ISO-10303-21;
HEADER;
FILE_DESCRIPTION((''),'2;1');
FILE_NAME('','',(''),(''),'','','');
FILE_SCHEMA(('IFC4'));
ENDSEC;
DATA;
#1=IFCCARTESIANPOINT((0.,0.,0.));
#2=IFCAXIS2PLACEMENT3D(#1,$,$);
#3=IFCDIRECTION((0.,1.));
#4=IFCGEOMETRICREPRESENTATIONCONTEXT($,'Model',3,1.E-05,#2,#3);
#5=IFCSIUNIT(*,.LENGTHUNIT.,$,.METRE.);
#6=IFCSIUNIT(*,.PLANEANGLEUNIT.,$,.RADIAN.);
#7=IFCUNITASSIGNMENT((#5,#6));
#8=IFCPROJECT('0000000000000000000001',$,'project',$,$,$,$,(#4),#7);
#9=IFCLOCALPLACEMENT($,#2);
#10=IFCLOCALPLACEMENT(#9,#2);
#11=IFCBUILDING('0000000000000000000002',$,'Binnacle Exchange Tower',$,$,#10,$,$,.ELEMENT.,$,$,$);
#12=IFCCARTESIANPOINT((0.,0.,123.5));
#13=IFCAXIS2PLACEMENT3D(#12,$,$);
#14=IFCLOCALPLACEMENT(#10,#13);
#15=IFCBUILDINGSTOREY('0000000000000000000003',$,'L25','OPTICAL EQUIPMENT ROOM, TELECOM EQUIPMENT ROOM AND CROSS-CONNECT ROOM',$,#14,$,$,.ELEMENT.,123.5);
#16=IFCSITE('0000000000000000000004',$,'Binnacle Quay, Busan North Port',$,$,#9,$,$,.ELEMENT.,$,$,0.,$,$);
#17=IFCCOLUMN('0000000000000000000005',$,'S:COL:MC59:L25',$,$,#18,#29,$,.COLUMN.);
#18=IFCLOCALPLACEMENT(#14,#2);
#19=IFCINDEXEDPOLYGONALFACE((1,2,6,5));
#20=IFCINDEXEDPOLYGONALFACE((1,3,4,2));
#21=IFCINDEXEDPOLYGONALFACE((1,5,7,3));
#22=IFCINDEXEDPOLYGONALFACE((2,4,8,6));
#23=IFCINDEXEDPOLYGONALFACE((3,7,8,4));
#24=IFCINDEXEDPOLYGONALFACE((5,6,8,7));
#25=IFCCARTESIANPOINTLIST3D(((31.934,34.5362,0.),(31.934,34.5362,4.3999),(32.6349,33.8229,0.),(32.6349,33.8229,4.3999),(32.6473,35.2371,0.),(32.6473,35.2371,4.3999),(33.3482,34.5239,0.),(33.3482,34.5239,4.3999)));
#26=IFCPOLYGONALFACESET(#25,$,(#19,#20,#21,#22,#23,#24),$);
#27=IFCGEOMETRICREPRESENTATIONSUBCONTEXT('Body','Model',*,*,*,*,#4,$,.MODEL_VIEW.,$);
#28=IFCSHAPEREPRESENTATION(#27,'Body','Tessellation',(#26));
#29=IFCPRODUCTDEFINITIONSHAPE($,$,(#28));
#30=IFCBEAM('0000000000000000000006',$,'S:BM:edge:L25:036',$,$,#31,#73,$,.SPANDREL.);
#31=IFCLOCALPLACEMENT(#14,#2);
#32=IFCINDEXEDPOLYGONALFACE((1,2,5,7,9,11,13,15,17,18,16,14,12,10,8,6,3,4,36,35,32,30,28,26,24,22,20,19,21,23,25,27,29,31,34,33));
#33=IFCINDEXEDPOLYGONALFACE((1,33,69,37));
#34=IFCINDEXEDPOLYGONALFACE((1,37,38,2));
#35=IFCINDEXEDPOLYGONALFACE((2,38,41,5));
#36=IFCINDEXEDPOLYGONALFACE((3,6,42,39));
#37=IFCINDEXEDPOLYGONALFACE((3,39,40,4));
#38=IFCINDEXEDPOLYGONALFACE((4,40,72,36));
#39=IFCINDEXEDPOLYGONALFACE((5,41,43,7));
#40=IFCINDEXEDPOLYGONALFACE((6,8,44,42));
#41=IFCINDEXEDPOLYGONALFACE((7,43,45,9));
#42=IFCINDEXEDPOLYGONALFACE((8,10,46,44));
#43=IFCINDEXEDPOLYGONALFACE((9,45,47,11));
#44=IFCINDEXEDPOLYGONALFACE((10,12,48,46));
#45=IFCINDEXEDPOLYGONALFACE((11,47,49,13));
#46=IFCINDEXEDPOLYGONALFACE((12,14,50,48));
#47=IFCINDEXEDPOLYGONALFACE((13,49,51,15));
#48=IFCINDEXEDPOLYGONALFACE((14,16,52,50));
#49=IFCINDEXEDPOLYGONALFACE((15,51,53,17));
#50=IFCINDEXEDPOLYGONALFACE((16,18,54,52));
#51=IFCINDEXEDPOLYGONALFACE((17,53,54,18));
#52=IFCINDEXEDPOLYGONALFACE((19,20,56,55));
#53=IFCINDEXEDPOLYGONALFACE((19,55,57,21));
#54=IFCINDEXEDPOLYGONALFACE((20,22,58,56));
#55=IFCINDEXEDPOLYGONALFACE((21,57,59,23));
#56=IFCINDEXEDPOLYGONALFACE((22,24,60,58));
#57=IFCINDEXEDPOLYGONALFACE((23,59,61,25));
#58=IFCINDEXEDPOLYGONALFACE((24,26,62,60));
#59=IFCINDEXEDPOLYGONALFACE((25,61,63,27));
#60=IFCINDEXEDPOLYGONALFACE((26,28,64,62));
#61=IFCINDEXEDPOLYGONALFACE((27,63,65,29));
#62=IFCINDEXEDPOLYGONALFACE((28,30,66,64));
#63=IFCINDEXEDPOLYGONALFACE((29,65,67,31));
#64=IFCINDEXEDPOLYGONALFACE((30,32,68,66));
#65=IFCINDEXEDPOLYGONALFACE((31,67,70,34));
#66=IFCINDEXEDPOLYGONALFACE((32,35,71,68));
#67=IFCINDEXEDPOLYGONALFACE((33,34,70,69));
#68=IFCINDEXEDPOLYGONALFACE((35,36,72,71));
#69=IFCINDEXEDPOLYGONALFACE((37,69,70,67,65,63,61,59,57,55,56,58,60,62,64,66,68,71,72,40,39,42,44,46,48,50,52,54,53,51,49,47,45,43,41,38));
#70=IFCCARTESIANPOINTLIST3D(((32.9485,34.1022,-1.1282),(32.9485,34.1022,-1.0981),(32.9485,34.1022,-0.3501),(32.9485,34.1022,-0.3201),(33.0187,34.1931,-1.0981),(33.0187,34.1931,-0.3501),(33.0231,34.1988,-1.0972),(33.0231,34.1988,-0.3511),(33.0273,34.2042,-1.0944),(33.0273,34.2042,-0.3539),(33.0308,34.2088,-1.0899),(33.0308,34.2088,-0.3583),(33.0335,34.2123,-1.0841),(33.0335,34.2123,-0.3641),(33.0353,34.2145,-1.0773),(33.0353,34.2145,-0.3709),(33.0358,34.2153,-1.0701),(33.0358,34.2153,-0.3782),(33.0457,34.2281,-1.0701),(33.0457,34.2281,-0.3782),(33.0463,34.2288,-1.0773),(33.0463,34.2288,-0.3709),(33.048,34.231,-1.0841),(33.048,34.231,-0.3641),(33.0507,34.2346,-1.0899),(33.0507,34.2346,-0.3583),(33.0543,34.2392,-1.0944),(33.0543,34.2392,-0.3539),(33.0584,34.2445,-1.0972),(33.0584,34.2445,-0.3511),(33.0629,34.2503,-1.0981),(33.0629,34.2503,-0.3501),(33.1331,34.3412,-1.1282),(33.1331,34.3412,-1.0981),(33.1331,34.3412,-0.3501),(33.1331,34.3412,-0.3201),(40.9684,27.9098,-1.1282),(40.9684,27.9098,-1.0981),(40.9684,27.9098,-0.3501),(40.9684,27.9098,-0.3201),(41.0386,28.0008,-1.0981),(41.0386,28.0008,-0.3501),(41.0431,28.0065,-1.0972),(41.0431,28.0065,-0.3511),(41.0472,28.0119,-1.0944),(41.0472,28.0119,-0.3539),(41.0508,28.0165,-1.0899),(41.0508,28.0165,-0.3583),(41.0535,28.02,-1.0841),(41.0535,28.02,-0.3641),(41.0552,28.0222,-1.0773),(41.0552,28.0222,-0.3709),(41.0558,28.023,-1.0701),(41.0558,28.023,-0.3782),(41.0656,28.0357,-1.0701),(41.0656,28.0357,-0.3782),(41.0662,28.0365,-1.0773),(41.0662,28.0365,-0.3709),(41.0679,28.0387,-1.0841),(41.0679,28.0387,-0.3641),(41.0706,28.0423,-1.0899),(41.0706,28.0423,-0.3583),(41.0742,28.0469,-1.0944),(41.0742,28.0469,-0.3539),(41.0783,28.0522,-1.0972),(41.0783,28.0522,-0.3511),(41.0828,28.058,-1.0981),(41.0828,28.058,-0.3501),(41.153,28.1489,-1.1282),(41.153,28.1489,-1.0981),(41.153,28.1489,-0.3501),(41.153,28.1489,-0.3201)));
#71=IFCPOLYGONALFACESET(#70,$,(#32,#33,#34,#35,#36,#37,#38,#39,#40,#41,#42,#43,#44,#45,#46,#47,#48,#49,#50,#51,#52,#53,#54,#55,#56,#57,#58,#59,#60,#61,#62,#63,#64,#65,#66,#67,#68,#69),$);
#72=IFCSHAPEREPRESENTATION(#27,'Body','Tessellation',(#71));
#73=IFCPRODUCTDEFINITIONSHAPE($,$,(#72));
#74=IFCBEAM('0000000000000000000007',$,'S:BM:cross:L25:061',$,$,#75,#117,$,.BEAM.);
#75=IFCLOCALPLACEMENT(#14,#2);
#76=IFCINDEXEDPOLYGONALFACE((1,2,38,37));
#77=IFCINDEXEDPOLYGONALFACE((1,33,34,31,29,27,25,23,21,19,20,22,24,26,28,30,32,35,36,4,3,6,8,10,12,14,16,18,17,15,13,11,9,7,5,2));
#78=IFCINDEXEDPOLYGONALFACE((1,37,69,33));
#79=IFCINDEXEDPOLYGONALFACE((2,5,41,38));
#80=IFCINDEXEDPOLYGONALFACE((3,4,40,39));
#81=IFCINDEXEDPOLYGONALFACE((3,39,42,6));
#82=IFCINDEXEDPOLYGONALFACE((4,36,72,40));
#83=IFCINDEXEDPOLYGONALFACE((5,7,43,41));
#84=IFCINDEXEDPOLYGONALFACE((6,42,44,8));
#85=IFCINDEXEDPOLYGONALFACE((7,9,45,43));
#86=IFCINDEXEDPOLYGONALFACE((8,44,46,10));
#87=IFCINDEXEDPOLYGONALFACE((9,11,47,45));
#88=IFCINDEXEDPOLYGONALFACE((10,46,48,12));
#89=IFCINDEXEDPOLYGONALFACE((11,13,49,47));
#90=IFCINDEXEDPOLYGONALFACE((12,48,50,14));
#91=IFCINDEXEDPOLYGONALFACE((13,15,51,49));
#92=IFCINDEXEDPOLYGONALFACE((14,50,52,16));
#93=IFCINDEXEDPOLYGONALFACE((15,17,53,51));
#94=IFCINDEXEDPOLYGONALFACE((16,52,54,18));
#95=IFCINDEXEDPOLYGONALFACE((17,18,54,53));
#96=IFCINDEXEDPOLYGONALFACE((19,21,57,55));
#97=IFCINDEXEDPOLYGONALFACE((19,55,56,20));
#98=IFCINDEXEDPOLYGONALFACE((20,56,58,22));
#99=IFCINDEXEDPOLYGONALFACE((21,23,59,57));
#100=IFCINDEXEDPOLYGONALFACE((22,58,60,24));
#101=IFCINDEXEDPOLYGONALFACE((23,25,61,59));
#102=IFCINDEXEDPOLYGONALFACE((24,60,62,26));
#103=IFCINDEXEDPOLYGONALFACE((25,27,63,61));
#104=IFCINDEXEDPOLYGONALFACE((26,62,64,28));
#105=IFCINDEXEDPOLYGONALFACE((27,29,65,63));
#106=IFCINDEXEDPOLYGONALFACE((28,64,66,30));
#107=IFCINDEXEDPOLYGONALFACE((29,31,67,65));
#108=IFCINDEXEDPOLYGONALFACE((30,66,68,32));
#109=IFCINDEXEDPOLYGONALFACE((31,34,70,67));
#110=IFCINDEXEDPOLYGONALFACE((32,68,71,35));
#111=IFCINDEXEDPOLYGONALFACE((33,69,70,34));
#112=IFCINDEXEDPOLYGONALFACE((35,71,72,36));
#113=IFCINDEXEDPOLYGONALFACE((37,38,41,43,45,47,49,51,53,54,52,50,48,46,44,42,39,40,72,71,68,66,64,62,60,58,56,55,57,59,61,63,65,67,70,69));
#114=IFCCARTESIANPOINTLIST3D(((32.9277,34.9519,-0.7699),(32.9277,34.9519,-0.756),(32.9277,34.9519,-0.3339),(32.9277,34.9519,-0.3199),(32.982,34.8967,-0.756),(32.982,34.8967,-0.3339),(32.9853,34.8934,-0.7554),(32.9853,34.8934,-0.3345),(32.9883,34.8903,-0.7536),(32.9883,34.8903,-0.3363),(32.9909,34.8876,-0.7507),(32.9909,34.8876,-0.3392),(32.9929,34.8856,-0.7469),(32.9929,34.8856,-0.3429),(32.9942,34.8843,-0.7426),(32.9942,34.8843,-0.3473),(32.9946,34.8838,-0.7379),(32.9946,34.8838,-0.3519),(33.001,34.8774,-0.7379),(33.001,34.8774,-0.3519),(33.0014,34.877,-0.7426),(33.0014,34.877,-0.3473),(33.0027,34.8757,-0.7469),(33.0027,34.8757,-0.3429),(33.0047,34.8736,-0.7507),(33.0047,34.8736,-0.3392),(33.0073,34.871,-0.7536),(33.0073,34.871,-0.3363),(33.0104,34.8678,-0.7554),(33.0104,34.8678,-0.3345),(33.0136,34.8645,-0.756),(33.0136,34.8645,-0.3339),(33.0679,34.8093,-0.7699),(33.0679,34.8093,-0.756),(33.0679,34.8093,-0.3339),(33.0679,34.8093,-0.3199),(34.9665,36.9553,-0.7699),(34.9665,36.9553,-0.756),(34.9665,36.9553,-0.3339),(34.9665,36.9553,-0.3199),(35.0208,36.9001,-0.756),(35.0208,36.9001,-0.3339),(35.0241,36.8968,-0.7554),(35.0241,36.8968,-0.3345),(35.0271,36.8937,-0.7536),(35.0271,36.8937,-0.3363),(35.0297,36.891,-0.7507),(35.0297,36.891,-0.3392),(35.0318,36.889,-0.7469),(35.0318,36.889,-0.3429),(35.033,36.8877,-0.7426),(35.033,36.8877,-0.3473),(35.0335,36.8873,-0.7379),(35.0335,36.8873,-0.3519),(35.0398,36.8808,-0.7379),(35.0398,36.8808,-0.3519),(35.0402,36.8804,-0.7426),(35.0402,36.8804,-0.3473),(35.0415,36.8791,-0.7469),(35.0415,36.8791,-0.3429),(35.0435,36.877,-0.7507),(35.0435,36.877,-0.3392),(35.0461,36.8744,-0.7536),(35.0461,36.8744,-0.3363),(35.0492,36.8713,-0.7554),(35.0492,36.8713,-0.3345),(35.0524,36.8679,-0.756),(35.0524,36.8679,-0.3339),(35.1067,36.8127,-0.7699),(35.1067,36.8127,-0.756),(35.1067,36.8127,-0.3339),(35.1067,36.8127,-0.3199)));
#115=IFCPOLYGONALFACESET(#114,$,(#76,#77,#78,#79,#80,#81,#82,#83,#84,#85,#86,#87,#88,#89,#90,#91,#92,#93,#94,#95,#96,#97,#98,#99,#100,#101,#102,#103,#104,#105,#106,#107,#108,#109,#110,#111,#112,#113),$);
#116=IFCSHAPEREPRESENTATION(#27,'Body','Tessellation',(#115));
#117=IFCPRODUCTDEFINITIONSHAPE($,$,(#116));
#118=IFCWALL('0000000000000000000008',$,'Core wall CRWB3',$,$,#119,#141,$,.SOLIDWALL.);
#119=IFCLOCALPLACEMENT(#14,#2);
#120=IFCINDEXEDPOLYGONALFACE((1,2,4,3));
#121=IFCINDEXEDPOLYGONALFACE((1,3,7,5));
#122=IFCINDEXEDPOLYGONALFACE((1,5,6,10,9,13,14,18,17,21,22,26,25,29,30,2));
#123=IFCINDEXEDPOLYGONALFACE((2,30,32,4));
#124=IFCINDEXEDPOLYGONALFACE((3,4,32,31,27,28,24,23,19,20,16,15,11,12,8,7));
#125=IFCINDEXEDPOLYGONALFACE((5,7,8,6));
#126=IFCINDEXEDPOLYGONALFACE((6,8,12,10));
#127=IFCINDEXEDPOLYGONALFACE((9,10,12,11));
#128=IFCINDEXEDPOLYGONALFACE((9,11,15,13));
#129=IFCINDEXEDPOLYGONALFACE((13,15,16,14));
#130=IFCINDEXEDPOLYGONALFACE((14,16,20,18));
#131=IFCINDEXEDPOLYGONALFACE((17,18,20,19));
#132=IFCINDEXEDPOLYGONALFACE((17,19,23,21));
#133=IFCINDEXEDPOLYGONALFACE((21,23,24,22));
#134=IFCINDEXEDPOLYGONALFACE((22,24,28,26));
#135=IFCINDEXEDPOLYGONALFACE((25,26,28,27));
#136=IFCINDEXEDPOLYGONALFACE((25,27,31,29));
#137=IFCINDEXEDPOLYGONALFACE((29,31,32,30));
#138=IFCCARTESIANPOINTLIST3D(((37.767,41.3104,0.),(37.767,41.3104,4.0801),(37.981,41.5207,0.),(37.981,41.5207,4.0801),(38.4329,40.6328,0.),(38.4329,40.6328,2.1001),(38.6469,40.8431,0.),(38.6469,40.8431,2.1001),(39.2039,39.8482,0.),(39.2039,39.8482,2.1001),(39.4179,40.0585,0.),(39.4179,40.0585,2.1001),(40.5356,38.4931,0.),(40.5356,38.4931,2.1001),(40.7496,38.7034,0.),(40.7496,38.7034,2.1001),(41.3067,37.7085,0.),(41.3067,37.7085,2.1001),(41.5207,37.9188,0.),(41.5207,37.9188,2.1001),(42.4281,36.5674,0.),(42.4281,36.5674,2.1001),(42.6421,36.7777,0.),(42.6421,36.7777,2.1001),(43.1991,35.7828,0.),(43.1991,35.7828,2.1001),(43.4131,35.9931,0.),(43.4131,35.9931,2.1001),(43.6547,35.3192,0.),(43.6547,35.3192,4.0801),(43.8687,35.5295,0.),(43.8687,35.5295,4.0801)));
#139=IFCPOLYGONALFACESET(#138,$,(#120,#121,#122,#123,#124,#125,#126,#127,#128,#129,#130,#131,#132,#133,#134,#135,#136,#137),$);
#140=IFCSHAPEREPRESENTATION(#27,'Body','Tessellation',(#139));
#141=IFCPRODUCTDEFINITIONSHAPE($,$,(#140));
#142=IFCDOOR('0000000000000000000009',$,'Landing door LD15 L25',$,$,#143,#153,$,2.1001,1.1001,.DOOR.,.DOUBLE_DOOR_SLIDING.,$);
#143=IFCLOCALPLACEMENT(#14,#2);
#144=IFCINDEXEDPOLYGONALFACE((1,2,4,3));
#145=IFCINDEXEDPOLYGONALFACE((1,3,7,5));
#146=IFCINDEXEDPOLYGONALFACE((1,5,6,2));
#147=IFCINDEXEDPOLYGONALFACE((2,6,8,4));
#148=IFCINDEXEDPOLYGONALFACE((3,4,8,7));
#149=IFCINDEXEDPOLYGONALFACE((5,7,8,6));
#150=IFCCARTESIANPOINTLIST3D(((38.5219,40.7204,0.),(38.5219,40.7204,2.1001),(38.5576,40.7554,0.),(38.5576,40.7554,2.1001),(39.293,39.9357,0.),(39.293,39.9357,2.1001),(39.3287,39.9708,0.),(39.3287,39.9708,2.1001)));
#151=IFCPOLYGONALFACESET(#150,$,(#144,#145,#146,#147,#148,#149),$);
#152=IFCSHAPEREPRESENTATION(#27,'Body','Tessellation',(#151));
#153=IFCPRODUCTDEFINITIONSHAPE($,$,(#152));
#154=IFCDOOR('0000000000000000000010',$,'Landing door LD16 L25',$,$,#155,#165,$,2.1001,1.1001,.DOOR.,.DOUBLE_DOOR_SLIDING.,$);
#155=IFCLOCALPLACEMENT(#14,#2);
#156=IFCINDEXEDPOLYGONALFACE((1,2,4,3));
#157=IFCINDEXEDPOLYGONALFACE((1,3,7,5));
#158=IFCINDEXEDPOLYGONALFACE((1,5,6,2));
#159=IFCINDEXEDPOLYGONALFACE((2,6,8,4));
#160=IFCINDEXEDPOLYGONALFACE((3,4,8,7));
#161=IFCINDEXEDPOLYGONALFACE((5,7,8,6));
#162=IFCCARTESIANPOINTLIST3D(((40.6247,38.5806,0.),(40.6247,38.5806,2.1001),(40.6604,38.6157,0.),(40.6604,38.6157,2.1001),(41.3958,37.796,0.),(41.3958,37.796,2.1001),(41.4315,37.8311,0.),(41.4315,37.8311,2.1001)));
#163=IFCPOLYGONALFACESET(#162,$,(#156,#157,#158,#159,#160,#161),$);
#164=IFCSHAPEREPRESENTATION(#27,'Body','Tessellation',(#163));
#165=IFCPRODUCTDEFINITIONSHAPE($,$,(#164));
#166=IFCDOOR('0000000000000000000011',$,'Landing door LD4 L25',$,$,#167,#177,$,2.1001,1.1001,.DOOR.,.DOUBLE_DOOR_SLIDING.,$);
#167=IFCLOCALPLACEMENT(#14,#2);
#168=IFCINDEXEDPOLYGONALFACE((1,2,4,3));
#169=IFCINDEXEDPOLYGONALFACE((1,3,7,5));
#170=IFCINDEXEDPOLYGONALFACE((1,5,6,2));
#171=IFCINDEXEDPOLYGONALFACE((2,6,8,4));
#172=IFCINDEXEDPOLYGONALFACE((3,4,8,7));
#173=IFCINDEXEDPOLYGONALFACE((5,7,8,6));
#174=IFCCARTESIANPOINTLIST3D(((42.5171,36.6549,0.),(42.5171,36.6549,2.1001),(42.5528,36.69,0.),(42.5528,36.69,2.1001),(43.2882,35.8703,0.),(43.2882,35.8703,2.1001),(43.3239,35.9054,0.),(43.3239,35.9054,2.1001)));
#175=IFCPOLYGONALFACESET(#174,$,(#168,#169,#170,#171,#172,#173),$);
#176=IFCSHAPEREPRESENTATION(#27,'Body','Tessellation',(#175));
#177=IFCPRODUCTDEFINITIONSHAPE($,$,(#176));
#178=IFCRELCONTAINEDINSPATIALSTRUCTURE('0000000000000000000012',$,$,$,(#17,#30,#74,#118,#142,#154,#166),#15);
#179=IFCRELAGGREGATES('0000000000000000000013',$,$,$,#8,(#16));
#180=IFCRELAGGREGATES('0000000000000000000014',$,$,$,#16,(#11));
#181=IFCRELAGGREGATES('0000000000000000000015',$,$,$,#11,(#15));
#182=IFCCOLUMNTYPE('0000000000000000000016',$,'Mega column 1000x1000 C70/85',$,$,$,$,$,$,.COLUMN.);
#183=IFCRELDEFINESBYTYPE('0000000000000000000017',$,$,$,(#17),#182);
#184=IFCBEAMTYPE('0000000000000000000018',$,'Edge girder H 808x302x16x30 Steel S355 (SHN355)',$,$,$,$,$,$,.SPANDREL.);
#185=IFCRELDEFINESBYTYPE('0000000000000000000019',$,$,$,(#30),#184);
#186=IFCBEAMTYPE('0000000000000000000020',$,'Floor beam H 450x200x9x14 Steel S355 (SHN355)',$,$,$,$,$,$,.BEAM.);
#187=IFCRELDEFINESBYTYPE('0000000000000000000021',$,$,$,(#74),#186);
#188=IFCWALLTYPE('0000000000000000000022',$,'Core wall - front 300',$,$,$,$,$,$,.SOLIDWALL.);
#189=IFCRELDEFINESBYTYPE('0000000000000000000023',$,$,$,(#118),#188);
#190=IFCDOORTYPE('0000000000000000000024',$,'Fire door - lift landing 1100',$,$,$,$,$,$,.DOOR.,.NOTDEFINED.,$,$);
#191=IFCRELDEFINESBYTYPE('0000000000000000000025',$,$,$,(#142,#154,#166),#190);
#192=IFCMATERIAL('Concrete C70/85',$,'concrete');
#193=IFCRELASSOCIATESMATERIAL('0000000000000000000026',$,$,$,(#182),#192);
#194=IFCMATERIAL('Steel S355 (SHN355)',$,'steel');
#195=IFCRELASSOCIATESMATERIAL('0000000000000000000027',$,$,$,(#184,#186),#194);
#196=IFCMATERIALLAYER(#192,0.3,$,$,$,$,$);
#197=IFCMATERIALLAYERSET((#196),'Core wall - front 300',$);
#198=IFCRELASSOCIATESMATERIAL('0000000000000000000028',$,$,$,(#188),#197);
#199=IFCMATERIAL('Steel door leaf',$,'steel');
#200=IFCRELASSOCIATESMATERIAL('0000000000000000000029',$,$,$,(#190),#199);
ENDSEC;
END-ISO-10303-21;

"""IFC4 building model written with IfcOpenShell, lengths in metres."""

from ifc_helpers import new_model, si_unit, direction, frame, frame_2d, origin, origin_2d, place, context, subcontext, project, spatial, rectangle, i_section, extrude, material, layer, layer_set, material_profile, profile_set, type_object, element, fill, save


model = new_model("IFC4")

# Units and contexts
model_context = context("Model", 3, precision=1e-05, world=origin(), true_north=direction((0.0, 1.0)))
body_context = subcontext(model_context, "Body", "Model", "MODEL_VIEW")
ifc_project = project(units=[si_unit("LENGTHUNIT", "METRE"), si_unit("PLANEANGLEUNIT", "RADIAN")], contexts=[model_context])

# Site, building, storey
site_placement = place(None, origin())
site = spatial("IfcSite", under=ifc_project, at=site_placement, Name="Binnacle Quay, Busan North Port", CompositionType="ELEMENT", RefElevation=0.0)
building_placement = place(site_placement, origin())
building = spatial("IfcBuilding", under=site, at=building_placement, Name="Binnacle Exchange Tower", CompositionType="ELEMENT")
storey_placement = place(building_placement, frame((0.0, 0.0, 123.5)))
storey = spatial("IfcBuildingStorey", under=building, at=storey_placement, Name="L25", Description="OPTICAL EQUIPMENT ROOM, TELECOM EQUIPMENT ROOM AND CROSS-CONNECT ROOM", CompositionType="ELEMENT", Elevation=123.5)

# Column
ifc_material_1 = material(Name="Concrete C70/85", Category="concrete")
ifc_material_profile_1 = material_profile(ifc_material_1, rectangle(XDim=1.0, YDim=1.0, at=origin_2d()), Name="Mega column 1000x1000 C70/85")
ifc_profile_set_1 = profile_set([ifc_material_profile_1], Name="Concrete C70/85")
column_type = type_object("IfcColumnType", Name="Mega column 1000x1000 C70/85", PredefinedType="COLUMN", material=ifc_profile_set_1)
column_placement = place(storey_placement, frame((32.6411, 34.53, 0.0), z_axis=(0.0, 0.0, 1.0), x_axis=(0.700909, -0.71325, 0.0)))
element("IfcColumn", 1, at=column_placement, inside=storey, type_object=column_type, Name="S:COL:MC59:L25", PredefinedType="COLUMN", context=body_context, shape_type="SweptSolid", body=[
    extrude(rectangle(XDim=1.0, YDim=1.0, at=origin_2d()), origin(), (0.0, 0.0, 1.0), 4.3999),
])

# Beams
ifc_material_2 = material(Name="Steel S355 (SHN355)", Category="steel")
ifc_material_profile_2 = material_profile(ifc_material_2, i_section(OverallWidth=0.302, OverallDepth=0.8081, WebThickness=0.0161, FlangeThickness=0.03, FilletRadius=0.0281, at=origin_2d()), Name="H 808x302x16x30")
ifc_profile_set_2 = profile_set([ifc_material_profile_2], Name="Steel S355 (SHN355)")
beam_type_1 = type_object("IfcBeamType", Name="Edge girder H 808x302x16x30 Steel S355 (SHN355)", PredefinedType="SPANDREL", material=ifc_profile_set_2)
beam_1_placement = place(storey_placement, frame((33.0408, 34.2217, -0.7241), z_axis=(0.791519, -0.611144, 0.0), x_axis=(0.611144, 0.791519, 0.0)))
element("IfcBeam", 2, at=beam_1_placement, inside=storey, type_object=beam_type_1, Name="S:BM:edge:L25:036", PredefinedType="SPANDREL", context=body_context, shape_type="SweptSolid", body=[
    extrude(i_section(OverallWidth=0.302, OverallDepth=0.8081, WebThickness=0.0161, FlangeThickness=0.03, FilletRadius=0.0281, at=origin_2d()), origin(), (0.0, 0.0, 1.0), 10.1323),
])
ifc_material_profile_3 = material_profile(ifc_material_2, i_section(OverallWidth=0.2, OverallDepth=0.45, WebThickness=0.009, FlangeThickness=0.0139, FilletRadius=0.0181, at=origin_2d()), Name="H 450x200x9x14")
ifc_profile_set_3 = profile_set([ifc_material_profile_3], Name="Steel S355 (SHN355)")
beam_type_2 = type_object("IfcBeamType", Name="Floor beam H 450x200x9x14 Steel S355 (SHN355)", PredefinedType="BEAM", material=ifc_profile_set_3)
beam_2_placement = place(storey_placement, frame((32.9978, 34.8806, -0.5449), z_axis=(0.713272, 0.700887, 0.0), x_axis=(-0.700887, 0.713272, 0.0)))
element("IfcBeam", 3, at=beam_2_placement, inside=storey, type_object=beam_type_2, Name="S:BM:cross:L25:061", PredefinedType="BEAM", context=body_context, shape_type="SweptSolid", body=[
    extrude(i_section(OverallWidth=0.2, OverallDepth=0.45, WebThickness=0.009, FlangeThickness=0.0139, FilletRadius=0.0181, at=origin_2d()), origin(), (0.0, 0.0, 1.0), 2.8584),
])

# Wall, openings, doors
ifc_layer_1 = layer(ifc_material_1, 0.3)
ifc_layer_set_1 = layer_set([ifc_layer_1], Name="Core wall - front 300")
wall_type_1 = type_object("IfcWallType", Name="Core wall - front 300", PredefinedType="SOLIDWALL", material=ifc_layer_set_1)
wall_1_placement = place(storey_placement, frame((37.874, 41.4155, 0.0), z_axis=(0.0, 0.0, 1.0), x_axis=(0.700918, -0.713242, 0.0)))
wall_1 = element("IfcWall", 4, at=wall_1_placement, inside=storey, type_object=wall_type_1, Name="Core wall CRWB3", PredefinedType="SOLIDWALL", context=body_context, shape_type="SweptSolid", body=[
    extrude(rectangle(XDim=8.3999, YDim=0.3, at=frame_2d((4.2, 0.0))), origin(), (0.0, 0.0, 1.0), 4.0801),
])
opening_1_placement = place(wall_1_placement, frame((0.95, 0.0, 0.0)))
opening_1 = element("IfcOpeningElement", 5, at=opening_1_placement, cuts=wall_1, PredefinedType="OPENING", context=body_context, shape_type="SweptSolid", body=[
    extrude(rectangle(XDim=1.1001, YDim=2.1001, at=frame_2d((0.55, 1.05))), frame((0.0, 0.1599, 0.0), z_axis=(0.0, -1.0, 0.0), x_axis=(1.0, 0.0, 0.0)), (0.0, 0.0, 1.0), 0.3201),
])
opening_2_placement = place(wall_1_placement, frame((3.95, 0.0, 0.0)))
opening_2 = element("IfcOpeningElement", 6, at=opening_2_placement, cuts=wall_1, PredefinedType="OPENING", context=body_context, shape_type="SweptSolid", body=[
    extrude(rectangle(XDim=1.1001, YDim=2.1001, at=frame_2d((0.55, 1.05))), frame((0.0, 0.1599, 0.0), z_axis=(0.0, -1.0, 0.0), x_axis=(1.0, 0.0, 0.0)), (0.0, 0.0, 1.0), 0.3201),
])
opening_3_placement = place(wall_1_placement, frame((6.6499, 0.0, 0.0)))
opening_3 = element("IfcOpeningElement", 7, at=opening_3_placement, cuts=wall_1, PredefinedType="OPENING", context=body_context, shape_type="SweptSolid", body=[
    extrude(rectangle(XDim=1.1001, YDim=2.1001, at=frame_2d((0.55, 1.05))), frame((0.0, 0.1599, 0.0), z_axis=(0.0, -1.0, 0.0), x_axis=(1.0, 0.0, 0.0)), (0.0, 0.0, 1.0), 0.3201),
])
ifc_material_3 = material(Name="Steel door leaf", Category="steel")
door_type_1 = type_object("IfcDoorType", Name="Fire door - lift landing 1100", OperationType="NOTDEFINED", PredefinedType="DOOR", material=ifc_material_3)
door_1_placement = place(opening_1_placement, origin())
door_1 = element("IfcDoor", 8, at=door_1_placement, inside=storey, type_object=door_type_1, Name="Landing door LD15 L25", OperationType="DOUBLE_DOOR_SLIDING", OverallHeight=2.1001, OverallWidth=1.1001, PredefinedType="DOOR", context=body_context, shape_type="SweptSolid", body=[
    extrude(rectangle(XDim=1.1001, YDim=2.1001, at=frame_2d((0.55, 1.05))), frame((0.0, 0.0249, 0.0), z_axis=(0.0, -1.0, 0.0), x_axis=(1.0, 0.0, 0.0)), (0.0, 0.0, 1.0), 0.05),
])
fill(opening_1, door_1)
door_2_placement = place(opening_2_placement, origin())
door_2 = element("IfcDoor", 9, at=door_2_placement, inside=storey, type_object=door_type_1, Name="Landing door LD16 L25", OperationType="DOUBLE_DOOR_SLIDING", OverallHeight=2.1001, OverallWidth=1.1001, PredefinedType="DOOR", context=body_context, shape_type="SweptSolid", body=[
    extrude(rectangle(XDim=1.1001, YDim=2.1001, at=frame_2d((0.55, 1.05))), frame((0.0, 0.0249, 0.0), z_axis=(0.0, -1.0, 0.0), x_axis=(1.0, 0.0, 0.0)), (0.0, 0.0, 1.0), 0.05),
])
fill(opening_2, door_2)
door_3_placement = place(opening_3_placement, origin())
door_3 = element("IfcDoor", 10, at=door_3_placement, inside=storey, type_object=door_type_1, Name="Landing door LD4 L25", OperationType="DOUBLE_DOOR_SLIDING", OverallHeight=2.1001, OverallWidth=1.1001, PredefinedType="DOOR", context=body_context, shape_type="SweptSolid", body=[
    extrude(rectangle(XDim=1.1001, YDim=2.1001, at=frame_2d((0.55, 1.05))), frame((0.0, 0.0249, 0.0), z_axis=(0.0, -1.0, 0.0), x_axis=(1.0, 0.0, 0.0)), (0.0, 0.0, 1.0), 0.05),
])
fill(opening_3, door_3)

save(model, "model.ifc")
